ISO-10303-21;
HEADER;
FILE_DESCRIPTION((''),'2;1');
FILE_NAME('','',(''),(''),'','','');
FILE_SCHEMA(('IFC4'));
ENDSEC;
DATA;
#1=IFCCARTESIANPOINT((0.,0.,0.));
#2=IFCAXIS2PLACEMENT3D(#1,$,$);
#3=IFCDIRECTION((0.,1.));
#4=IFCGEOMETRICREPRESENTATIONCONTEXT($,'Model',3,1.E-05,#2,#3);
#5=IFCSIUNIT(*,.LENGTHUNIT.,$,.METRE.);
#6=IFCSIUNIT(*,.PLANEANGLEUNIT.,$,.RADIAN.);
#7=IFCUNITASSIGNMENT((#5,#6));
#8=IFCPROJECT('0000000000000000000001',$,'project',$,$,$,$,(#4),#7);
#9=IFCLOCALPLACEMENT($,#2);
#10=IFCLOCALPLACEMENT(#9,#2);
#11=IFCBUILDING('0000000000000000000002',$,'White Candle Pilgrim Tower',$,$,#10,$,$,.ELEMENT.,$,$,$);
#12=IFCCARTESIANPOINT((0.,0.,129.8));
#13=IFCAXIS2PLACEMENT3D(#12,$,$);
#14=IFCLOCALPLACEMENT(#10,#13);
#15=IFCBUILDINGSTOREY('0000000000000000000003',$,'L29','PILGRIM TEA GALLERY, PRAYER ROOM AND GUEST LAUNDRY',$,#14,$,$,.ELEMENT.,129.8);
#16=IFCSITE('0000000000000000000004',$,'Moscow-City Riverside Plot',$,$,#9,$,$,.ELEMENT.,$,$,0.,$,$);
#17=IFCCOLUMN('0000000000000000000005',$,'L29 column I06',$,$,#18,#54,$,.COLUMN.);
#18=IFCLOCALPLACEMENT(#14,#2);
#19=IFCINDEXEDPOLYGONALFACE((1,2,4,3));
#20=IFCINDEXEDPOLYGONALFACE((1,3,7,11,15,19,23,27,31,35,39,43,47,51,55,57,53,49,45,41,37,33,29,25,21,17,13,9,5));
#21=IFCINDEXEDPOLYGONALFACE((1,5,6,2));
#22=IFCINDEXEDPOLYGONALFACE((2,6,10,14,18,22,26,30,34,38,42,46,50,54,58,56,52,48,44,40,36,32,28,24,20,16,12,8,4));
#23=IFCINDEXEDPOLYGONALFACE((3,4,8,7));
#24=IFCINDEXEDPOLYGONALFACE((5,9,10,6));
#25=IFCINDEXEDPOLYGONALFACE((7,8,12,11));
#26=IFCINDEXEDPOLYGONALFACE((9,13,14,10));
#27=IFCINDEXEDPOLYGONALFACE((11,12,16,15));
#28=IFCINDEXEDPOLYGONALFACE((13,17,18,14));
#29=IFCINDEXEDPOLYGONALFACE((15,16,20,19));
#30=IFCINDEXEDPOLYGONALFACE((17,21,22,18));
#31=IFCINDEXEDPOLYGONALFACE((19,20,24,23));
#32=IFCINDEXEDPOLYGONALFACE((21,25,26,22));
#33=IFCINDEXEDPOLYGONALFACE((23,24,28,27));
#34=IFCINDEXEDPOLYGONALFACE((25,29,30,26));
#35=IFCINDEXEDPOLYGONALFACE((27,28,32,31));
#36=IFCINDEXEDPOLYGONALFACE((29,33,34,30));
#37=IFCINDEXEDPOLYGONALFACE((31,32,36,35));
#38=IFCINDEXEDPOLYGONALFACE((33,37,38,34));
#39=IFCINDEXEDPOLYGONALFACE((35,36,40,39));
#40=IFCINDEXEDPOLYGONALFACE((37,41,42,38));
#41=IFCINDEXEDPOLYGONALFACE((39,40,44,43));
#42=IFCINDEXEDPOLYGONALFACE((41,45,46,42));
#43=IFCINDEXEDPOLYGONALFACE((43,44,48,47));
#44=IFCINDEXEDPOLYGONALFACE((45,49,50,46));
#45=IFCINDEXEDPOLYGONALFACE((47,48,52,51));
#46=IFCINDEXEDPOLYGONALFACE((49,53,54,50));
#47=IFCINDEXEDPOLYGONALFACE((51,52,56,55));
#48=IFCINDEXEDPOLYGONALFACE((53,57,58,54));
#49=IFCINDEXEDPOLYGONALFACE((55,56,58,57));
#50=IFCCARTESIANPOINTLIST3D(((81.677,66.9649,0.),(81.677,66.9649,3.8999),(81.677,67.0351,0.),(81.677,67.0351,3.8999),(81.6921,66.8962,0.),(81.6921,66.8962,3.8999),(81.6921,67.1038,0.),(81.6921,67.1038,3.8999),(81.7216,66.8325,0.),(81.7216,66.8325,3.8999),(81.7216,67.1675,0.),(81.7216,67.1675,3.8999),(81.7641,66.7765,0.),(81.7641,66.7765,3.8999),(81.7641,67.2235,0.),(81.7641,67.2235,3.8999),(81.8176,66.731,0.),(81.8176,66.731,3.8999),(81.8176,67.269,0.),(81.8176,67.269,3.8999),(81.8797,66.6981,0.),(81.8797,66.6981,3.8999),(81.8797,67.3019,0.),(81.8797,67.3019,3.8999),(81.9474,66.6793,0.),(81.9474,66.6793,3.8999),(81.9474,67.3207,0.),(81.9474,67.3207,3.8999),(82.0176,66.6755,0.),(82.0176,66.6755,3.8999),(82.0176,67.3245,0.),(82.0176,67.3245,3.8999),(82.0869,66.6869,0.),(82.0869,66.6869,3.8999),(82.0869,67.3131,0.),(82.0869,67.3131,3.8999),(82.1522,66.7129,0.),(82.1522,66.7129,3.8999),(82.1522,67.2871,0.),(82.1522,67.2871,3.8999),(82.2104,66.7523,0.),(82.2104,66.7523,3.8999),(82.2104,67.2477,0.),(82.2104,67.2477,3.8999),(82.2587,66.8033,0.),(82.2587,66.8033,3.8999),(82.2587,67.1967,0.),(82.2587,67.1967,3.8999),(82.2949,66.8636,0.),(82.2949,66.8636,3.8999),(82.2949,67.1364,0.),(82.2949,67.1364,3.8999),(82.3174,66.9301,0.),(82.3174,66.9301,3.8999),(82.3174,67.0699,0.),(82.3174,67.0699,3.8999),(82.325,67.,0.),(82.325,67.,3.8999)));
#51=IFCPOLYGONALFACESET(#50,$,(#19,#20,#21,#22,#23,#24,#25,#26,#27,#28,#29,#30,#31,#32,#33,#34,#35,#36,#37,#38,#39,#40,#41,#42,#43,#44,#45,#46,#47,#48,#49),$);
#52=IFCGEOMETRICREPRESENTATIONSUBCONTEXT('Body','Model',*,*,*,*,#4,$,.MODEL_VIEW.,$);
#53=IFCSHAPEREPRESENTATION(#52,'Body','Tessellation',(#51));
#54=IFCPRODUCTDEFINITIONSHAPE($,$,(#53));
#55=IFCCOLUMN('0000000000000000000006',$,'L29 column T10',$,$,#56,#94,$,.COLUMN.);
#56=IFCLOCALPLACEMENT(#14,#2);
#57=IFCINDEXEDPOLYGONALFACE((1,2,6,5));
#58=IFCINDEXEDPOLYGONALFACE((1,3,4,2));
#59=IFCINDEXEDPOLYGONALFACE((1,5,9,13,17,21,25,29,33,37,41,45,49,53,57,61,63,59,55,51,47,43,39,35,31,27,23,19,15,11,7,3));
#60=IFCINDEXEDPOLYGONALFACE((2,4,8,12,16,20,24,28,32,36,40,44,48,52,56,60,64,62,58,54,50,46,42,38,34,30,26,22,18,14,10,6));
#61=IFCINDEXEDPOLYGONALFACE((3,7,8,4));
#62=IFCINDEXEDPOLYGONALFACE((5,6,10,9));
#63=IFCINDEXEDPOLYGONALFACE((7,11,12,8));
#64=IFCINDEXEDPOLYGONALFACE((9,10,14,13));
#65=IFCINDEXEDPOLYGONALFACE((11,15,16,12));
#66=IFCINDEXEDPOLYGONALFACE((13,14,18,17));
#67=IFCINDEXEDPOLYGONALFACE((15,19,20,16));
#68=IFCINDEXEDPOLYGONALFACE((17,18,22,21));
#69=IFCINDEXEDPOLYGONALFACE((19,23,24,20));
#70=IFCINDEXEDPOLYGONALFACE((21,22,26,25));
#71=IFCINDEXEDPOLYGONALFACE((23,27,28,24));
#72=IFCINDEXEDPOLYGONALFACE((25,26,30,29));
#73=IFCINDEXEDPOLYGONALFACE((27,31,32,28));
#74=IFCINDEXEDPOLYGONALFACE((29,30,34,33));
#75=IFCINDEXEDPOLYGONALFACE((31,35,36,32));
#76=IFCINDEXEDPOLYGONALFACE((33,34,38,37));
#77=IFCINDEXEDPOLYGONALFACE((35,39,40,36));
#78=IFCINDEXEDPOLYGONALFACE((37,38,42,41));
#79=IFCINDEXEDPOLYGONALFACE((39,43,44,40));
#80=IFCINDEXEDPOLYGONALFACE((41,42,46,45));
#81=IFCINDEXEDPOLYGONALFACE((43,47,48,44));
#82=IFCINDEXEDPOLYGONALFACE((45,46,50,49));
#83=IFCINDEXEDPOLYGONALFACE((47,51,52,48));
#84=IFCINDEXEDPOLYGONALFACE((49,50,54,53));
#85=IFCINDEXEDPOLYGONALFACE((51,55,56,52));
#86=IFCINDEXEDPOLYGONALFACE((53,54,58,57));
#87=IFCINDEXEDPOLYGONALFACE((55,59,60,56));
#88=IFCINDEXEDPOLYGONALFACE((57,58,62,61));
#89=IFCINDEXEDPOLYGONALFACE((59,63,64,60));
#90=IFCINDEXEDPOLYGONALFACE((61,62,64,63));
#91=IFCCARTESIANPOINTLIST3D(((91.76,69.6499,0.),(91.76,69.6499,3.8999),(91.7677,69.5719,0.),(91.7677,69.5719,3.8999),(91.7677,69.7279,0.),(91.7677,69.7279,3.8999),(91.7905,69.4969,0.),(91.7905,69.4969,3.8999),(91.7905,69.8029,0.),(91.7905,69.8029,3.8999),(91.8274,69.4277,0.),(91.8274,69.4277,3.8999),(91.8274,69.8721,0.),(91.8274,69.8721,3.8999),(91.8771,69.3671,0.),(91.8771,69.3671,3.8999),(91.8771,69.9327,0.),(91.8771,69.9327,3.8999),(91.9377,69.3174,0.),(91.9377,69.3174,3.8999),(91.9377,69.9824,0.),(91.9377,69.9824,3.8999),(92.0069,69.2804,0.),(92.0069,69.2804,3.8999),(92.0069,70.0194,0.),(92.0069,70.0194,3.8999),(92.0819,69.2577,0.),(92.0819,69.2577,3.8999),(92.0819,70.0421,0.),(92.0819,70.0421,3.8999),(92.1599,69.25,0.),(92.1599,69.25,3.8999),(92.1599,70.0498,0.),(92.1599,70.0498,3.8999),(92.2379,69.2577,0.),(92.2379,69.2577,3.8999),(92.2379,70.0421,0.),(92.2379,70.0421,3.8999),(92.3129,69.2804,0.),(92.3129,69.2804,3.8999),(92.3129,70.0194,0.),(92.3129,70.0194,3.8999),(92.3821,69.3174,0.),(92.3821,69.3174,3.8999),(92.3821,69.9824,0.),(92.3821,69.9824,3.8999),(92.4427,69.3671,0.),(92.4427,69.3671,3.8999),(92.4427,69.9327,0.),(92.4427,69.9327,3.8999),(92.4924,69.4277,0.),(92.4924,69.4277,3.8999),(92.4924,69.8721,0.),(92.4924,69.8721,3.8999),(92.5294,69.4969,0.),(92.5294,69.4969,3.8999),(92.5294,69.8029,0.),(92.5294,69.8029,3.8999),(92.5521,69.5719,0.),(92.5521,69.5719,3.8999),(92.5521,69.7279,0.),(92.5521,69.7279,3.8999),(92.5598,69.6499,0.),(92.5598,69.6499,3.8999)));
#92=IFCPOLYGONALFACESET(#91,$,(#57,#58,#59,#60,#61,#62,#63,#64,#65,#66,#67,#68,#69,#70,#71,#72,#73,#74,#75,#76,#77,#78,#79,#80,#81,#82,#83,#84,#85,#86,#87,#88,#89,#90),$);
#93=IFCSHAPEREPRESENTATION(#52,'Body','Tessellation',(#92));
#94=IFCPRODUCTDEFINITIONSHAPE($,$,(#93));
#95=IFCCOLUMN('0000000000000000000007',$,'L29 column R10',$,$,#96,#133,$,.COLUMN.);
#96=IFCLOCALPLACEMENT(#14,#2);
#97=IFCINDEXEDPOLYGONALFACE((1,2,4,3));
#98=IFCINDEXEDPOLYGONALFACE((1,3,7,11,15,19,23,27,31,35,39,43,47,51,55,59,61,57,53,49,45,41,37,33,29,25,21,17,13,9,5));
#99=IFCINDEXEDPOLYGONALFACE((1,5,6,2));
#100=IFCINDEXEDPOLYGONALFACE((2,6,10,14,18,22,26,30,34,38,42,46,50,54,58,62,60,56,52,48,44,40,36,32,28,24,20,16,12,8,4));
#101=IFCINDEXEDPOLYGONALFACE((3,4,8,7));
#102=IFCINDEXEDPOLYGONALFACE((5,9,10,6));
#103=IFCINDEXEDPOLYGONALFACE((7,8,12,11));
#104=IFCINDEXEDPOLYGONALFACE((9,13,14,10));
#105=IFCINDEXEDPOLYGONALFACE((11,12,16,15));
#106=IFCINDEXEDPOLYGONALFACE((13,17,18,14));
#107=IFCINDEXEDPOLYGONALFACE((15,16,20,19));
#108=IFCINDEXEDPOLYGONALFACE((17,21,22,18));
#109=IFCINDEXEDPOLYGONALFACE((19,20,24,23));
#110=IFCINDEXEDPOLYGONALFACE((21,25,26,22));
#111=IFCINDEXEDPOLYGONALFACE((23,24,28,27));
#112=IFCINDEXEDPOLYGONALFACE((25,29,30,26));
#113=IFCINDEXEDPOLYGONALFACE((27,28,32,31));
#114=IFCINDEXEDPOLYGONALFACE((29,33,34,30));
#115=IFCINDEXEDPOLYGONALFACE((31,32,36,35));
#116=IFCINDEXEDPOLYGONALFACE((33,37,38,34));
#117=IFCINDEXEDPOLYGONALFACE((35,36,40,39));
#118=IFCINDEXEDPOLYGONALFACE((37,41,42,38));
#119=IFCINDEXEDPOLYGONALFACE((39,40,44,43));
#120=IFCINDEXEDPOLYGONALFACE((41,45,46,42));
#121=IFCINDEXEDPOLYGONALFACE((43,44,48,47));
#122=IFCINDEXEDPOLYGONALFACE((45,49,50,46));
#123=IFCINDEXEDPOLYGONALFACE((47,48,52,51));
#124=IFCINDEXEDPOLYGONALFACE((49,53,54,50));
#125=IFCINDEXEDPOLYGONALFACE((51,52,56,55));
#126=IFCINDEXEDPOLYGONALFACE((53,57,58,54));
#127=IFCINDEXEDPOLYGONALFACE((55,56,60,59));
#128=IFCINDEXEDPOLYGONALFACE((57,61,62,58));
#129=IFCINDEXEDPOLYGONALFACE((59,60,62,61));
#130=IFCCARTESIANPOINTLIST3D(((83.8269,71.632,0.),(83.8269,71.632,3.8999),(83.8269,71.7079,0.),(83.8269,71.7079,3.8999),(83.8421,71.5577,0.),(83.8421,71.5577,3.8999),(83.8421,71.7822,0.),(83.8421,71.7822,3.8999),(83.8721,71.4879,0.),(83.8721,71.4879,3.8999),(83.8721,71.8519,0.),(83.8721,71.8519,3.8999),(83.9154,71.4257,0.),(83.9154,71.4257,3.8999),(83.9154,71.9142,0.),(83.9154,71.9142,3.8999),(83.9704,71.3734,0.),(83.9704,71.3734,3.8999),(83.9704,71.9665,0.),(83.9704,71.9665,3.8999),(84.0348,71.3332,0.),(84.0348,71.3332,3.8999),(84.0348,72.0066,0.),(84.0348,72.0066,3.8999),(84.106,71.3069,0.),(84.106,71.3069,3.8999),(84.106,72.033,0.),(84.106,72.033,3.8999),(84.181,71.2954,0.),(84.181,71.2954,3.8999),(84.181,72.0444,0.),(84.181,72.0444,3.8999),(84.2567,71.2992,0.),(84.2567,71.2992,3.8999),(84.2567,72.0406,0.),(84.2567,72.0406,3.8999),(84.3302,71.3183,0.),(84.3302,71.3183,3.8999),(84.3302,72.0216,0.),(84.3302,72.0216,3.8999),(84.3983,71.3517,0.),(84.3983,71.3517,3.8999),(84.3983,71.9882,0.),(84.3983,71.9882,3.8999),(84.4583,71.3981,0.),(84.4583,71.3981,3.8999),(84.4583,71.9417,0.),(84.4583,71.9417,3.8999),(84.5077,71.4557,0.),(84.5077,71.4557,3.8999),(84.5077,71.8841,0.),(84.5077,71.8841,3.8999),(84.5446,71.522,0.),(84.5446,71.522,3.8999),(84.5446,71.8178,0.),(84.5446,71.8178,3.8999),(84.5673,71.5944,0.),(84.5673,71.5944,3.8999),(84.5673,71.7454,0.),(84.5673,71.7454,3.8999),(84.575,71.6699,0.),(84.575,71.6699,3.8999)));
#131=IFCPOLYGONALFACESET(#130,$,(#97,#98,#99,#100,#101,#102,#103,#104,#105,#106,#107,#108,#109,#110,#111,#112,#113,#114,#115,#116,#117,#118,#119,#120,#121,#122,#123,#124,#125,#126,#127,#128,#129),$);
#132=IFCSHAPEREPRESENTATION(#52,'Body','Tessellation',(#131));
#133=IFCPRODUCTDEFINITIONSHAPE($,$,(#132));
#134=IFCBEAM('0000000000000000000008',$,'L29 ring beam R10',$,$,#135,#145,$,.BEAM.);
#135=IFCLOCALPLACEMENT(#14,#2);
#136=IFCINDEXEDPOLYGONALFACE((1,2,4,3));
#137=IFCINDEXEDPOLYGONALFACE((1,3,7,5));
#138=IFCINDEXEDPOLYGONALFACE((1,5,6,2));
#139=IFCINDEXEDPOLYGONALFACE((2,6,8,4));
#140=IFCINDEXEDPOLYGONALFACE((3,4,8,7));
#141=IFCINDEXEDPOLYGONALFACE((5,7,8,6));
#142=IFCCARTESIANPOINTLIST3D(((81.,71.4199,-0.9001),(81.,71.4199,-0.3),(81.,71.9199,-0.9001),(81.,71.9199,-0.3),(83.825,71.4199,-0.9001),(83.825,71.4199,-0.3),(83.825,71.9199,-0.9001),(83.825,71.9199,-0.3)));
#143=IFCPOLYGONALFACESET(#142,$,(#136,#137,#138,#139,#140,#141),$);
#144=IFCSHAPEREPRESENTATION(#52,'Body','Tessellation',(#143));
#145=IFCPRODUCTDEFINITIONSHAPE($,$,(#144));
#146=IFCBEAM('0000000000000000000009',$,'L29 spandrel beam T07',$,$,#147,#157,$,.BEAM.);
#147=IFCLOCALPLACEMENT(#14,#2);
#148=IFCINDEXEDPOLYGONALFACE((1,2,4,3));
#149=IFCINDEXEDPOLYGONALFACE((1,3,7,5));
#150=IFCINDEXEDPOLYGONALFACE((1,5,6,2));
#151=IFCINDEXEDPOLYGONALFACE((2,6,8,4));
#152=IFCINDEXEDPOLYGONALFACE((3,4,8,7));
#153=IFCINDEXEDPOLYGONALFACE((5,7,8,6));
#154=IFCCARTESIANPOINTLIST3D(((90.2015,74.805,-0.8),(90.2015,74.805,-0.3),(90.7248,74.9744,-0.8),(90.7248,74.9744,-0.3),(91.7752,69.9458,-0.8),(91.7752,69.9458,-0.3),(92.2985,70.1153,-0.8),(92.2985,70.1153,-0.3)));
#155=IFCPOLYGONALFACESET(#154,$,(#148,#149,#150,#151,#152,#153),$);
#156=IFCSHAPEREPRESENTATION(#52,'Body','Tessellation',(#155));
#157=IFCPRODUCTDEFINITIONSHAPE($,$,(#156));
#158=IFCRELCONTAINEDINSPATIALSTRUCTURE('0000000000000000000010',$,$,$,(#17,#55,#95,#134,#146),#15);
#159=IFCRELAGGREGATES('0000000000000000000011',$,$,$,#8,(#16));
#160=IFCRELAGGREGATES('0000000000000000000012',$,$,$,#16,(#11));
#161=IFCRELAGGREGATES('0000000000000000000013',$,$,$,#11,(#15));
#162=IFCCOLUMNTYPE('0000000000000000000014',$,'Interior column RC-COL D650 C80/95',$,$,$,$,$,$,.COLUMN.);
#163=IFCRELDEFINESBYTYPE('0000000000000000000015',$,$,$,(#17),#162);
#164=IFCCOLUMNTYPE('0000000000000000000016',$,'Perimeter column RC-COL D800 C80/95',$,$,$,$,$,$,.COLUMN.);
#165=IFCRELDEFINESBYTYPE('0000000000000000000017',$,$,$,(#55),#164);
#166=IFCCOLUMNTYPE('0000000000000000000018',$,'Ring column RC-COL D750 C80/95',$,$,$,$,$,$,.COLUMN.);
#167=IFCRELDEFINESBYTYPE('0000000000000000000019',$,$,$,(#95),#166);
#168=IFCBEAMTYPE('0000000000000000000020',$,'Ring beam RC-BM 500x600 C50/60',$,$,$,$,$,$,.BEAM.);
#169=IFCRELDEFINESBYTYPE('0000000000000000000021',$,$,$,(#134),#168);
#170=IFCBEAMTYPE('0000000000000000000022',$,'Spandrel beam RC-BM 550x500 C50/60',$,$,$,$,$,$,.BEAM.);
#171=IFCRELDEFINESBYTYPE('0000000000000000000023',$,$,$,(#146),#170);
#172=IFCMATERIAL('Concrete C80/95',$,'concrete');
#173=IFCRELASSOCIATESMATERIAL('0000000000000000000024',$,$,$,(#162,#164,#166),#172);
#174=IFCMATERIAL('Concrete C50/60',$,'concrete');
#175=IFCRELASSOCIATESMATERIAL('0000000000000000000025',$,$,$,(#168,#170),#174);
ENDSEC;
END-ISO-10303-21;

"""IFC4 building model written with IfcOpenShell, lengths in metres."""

from ifc_helpers import new_model, si_unit, direction, frame, origin, origin_2d, place, context, subcontext, project, spatial, rectangle, circle, extrude, material, material_profile, profile_set, type_object, element, save


model = new_model("IFC4")

# Units and contexts
model_context = context("Model", 3, precision=1e-05, world=origin(), true_north=direction((0.0, 1.0)))
body_context = subcontext(model_context, "Body", "Model", "MODEL_VIEW")
ifc_project = project(units=[si_unit("LENGTHUNIT", "METRE"), si_unit("PLANEANGLEUNIT", "RADIAN")], contexts=[model_context])

# Site, building, storey
site_placement = place(None, origin())
site = spatial("IfcSite", under=ifc_project, at=site_placement, Name="Moscow-City Riverside Plot", CompositionType="ELEMENT", RefElevation=0.0)
building_placement = place(site_placement, origin())
building = spatial("IfcBuilding", under=site, at=building_placement, Name="White Candle Pilgrim Tower", CompositionType="ELEMENT")
storey_placement = place(building_placement, frame((0.0, 0.0, 129.8)))
storey = spatial("IfcBuildingStorey", under=building, at=storey_placement, Name="L29", Description="PILGRIM TEA GALLERY, PRAYER ROOM AND GUEST LAUNDRY", CompositionType="ELEMENT", Elevation=129.8)

# Columns
ifc_material_1 = material(Name="Concrete C80/95", Category="concrete")
ifc_material_profile_1 = material_profile(ifc_material_1, circle(Radius=0.325, at=origin_2d()), Name="RC-COL D650")
ifc_profile_set_1 = profile_set([ifc_material_profile_1], Name="Concrete C80/95")
column_type_1 = type_object("IfcColumnType", Name="Interior column RC-COL D650 C80/95", PredefinedType="COLUMN", material=ifc_profile_set_1)
column_1_placement = place(storey_placement, frame((82.0, 67.0, 0.0), z_axis=(0.0, 0.0, 1.0), x_axis=(1.0, 0.0, 0.0)))
element("IfcColumn", 1, at=column_1_placement, inside=storey, type_object=column_type_1, Name="L29 column I06", PredefinedType="COLUMN", context=body_context, shape_type="SweptSolid", body=[
    extrude(circle(Radius=0.325, at=origin_2d()), origin(), (0.0, 0.0, 1.0), 3.8999),
])
ifc_material_profile_2 = material_profile(ifc_material_1, circle(Radius=0.3999, at=origin_2d()), Name="RC-COL D800")
ifc_profile_set_2 = profile_set([ifc_material_profile_2], Name="Concrete C80/95")
column_type_2 = type_object("IfcColumnType", Name="Perimeter column RC-COL D800 C80/95", PredefinedType="COLUMN", material=ifc_profile_set_2)
column_2_placement = place(storey_placement, frame((92.1599, 69.6499, 0.0), z_axis=(0.0, 0.0, 1.0), x_axis=(1.0, 0.0, 0.0)))
element("IfcColumn", 2, at=column_2_placement, inside=storey, type_object=column_type_2, Name="L29 column T10", PredefinedType="COLUMN", context=body_context, shape_type="SweptSolid", body=[
    extrude(circle(Radius=0.3999, at=origin_2d()), origin(), (0.0, 0.0, 1.0), 3.8999),
])
ifc_material_profile_3 = material_profile(ifc_material_1, circle(Radius=0.375, at=origin_2d()), Name="RC-COL D750")
ifc_profile_set_3 = profile_set([ifc_material_profile_3], Name="Concrete C80/95")
column_type_3 = type_object("IfcColumnType", Name="Ring column RC-COL D750 C80/95", PredefinedType="COLUMN", material=ifc_profile_set_3)
column_3_placement = place(storey_placement, frame((84.2, 71.6699, 0.0), z_axis=(0.0, 0.0, 1.0), x_axis=(1.0, 0.0, 0.0)))
element("IfcColumn", 3, at=column_3_placement, inside=storey, type_object=column_type_3, Name="L29 column R10", PredefinedType="COLUMN", context=body_context, shape_type="SweptSolid", body=[
    extrude(circle(Radius=0.375, at=origin_2d()), origin(), (0.0, 0.0, 1.0), 3.8999),
])

# Beams
ifc_material_2 = material(Name="Concrete C50/60", Category="concrete")
ifc_material_profile_4 = material_profile(ifc_material_2, rectangle(XDim=0.5, YDim=0.6001, at=origin_2d()), Name="RC-BM 500x600")
ifc_profile_set_4 = profile_set([ifc_material_profile_4], Name="Concrete C50/60")
beam_type_1 = type_object("IfcBeamType", Name="Ring beam RC-BM 500x600 C50/60", PredefinedType="BEAM", material=ifc_profile_set_4)
beam_1_placement = place(storey_placement, frame((83.825, 71.6699, -0.6001), z_axis=(-1.0, 0.0, 0.0), x_axis=(0.0, -1.0, 0.0)))
element("IfcBeam", 4, at=beam_1_placement, inside=storey, type_object=beam_type_1, Name="L29 ring beam R10", PredefinedType="BEAM", context=body_context, shape_type="SweptSolid", body=[
    extrude(rectangle(XDim=0.5, YDim=0.6001, at=origin_2d()), origin(), (0.0, 0.0, 1.0), 2.825),
])
ifc_material_profile_5 = material_profile(ifc_material_2, rectangle(XDim=0.55, YDim=0.5, at=origin_2d()), Name="RC-BM 550x500")
ifc_profile_set_5 = profile_set([ifc_material_profile_5], Name="Concrete C50/60")
beam_type_2 = type_object("IfcBeamType", Name="Spandrel beam RC-BM 550x500 C50/60", PredefinedType="BEAM", material=ifc_profile_set_5)
beam_2_placement = place(storey_placement, frame((92.0369, 70.0305, -0.55), z_axis=(-0.308114, 0.951349, 0.0), x_axis=(-0.951349, -0.308114, 0.0)))
element("IfcBeam", 5, at=beam_2_placement, inside=storey, type_object=beam_type_2, Name="L29 spandrel beam T07", PredefinedType="BEAM", context=body_context, shape_type="SweptSolid", body=[
    extrude(rectangle(XDim=0.55, YDim=0.5, at=origin_2d()), origin(), (0.0, 0.0, 1.0), 5.1077),
])

save(model, "model.ifc")
